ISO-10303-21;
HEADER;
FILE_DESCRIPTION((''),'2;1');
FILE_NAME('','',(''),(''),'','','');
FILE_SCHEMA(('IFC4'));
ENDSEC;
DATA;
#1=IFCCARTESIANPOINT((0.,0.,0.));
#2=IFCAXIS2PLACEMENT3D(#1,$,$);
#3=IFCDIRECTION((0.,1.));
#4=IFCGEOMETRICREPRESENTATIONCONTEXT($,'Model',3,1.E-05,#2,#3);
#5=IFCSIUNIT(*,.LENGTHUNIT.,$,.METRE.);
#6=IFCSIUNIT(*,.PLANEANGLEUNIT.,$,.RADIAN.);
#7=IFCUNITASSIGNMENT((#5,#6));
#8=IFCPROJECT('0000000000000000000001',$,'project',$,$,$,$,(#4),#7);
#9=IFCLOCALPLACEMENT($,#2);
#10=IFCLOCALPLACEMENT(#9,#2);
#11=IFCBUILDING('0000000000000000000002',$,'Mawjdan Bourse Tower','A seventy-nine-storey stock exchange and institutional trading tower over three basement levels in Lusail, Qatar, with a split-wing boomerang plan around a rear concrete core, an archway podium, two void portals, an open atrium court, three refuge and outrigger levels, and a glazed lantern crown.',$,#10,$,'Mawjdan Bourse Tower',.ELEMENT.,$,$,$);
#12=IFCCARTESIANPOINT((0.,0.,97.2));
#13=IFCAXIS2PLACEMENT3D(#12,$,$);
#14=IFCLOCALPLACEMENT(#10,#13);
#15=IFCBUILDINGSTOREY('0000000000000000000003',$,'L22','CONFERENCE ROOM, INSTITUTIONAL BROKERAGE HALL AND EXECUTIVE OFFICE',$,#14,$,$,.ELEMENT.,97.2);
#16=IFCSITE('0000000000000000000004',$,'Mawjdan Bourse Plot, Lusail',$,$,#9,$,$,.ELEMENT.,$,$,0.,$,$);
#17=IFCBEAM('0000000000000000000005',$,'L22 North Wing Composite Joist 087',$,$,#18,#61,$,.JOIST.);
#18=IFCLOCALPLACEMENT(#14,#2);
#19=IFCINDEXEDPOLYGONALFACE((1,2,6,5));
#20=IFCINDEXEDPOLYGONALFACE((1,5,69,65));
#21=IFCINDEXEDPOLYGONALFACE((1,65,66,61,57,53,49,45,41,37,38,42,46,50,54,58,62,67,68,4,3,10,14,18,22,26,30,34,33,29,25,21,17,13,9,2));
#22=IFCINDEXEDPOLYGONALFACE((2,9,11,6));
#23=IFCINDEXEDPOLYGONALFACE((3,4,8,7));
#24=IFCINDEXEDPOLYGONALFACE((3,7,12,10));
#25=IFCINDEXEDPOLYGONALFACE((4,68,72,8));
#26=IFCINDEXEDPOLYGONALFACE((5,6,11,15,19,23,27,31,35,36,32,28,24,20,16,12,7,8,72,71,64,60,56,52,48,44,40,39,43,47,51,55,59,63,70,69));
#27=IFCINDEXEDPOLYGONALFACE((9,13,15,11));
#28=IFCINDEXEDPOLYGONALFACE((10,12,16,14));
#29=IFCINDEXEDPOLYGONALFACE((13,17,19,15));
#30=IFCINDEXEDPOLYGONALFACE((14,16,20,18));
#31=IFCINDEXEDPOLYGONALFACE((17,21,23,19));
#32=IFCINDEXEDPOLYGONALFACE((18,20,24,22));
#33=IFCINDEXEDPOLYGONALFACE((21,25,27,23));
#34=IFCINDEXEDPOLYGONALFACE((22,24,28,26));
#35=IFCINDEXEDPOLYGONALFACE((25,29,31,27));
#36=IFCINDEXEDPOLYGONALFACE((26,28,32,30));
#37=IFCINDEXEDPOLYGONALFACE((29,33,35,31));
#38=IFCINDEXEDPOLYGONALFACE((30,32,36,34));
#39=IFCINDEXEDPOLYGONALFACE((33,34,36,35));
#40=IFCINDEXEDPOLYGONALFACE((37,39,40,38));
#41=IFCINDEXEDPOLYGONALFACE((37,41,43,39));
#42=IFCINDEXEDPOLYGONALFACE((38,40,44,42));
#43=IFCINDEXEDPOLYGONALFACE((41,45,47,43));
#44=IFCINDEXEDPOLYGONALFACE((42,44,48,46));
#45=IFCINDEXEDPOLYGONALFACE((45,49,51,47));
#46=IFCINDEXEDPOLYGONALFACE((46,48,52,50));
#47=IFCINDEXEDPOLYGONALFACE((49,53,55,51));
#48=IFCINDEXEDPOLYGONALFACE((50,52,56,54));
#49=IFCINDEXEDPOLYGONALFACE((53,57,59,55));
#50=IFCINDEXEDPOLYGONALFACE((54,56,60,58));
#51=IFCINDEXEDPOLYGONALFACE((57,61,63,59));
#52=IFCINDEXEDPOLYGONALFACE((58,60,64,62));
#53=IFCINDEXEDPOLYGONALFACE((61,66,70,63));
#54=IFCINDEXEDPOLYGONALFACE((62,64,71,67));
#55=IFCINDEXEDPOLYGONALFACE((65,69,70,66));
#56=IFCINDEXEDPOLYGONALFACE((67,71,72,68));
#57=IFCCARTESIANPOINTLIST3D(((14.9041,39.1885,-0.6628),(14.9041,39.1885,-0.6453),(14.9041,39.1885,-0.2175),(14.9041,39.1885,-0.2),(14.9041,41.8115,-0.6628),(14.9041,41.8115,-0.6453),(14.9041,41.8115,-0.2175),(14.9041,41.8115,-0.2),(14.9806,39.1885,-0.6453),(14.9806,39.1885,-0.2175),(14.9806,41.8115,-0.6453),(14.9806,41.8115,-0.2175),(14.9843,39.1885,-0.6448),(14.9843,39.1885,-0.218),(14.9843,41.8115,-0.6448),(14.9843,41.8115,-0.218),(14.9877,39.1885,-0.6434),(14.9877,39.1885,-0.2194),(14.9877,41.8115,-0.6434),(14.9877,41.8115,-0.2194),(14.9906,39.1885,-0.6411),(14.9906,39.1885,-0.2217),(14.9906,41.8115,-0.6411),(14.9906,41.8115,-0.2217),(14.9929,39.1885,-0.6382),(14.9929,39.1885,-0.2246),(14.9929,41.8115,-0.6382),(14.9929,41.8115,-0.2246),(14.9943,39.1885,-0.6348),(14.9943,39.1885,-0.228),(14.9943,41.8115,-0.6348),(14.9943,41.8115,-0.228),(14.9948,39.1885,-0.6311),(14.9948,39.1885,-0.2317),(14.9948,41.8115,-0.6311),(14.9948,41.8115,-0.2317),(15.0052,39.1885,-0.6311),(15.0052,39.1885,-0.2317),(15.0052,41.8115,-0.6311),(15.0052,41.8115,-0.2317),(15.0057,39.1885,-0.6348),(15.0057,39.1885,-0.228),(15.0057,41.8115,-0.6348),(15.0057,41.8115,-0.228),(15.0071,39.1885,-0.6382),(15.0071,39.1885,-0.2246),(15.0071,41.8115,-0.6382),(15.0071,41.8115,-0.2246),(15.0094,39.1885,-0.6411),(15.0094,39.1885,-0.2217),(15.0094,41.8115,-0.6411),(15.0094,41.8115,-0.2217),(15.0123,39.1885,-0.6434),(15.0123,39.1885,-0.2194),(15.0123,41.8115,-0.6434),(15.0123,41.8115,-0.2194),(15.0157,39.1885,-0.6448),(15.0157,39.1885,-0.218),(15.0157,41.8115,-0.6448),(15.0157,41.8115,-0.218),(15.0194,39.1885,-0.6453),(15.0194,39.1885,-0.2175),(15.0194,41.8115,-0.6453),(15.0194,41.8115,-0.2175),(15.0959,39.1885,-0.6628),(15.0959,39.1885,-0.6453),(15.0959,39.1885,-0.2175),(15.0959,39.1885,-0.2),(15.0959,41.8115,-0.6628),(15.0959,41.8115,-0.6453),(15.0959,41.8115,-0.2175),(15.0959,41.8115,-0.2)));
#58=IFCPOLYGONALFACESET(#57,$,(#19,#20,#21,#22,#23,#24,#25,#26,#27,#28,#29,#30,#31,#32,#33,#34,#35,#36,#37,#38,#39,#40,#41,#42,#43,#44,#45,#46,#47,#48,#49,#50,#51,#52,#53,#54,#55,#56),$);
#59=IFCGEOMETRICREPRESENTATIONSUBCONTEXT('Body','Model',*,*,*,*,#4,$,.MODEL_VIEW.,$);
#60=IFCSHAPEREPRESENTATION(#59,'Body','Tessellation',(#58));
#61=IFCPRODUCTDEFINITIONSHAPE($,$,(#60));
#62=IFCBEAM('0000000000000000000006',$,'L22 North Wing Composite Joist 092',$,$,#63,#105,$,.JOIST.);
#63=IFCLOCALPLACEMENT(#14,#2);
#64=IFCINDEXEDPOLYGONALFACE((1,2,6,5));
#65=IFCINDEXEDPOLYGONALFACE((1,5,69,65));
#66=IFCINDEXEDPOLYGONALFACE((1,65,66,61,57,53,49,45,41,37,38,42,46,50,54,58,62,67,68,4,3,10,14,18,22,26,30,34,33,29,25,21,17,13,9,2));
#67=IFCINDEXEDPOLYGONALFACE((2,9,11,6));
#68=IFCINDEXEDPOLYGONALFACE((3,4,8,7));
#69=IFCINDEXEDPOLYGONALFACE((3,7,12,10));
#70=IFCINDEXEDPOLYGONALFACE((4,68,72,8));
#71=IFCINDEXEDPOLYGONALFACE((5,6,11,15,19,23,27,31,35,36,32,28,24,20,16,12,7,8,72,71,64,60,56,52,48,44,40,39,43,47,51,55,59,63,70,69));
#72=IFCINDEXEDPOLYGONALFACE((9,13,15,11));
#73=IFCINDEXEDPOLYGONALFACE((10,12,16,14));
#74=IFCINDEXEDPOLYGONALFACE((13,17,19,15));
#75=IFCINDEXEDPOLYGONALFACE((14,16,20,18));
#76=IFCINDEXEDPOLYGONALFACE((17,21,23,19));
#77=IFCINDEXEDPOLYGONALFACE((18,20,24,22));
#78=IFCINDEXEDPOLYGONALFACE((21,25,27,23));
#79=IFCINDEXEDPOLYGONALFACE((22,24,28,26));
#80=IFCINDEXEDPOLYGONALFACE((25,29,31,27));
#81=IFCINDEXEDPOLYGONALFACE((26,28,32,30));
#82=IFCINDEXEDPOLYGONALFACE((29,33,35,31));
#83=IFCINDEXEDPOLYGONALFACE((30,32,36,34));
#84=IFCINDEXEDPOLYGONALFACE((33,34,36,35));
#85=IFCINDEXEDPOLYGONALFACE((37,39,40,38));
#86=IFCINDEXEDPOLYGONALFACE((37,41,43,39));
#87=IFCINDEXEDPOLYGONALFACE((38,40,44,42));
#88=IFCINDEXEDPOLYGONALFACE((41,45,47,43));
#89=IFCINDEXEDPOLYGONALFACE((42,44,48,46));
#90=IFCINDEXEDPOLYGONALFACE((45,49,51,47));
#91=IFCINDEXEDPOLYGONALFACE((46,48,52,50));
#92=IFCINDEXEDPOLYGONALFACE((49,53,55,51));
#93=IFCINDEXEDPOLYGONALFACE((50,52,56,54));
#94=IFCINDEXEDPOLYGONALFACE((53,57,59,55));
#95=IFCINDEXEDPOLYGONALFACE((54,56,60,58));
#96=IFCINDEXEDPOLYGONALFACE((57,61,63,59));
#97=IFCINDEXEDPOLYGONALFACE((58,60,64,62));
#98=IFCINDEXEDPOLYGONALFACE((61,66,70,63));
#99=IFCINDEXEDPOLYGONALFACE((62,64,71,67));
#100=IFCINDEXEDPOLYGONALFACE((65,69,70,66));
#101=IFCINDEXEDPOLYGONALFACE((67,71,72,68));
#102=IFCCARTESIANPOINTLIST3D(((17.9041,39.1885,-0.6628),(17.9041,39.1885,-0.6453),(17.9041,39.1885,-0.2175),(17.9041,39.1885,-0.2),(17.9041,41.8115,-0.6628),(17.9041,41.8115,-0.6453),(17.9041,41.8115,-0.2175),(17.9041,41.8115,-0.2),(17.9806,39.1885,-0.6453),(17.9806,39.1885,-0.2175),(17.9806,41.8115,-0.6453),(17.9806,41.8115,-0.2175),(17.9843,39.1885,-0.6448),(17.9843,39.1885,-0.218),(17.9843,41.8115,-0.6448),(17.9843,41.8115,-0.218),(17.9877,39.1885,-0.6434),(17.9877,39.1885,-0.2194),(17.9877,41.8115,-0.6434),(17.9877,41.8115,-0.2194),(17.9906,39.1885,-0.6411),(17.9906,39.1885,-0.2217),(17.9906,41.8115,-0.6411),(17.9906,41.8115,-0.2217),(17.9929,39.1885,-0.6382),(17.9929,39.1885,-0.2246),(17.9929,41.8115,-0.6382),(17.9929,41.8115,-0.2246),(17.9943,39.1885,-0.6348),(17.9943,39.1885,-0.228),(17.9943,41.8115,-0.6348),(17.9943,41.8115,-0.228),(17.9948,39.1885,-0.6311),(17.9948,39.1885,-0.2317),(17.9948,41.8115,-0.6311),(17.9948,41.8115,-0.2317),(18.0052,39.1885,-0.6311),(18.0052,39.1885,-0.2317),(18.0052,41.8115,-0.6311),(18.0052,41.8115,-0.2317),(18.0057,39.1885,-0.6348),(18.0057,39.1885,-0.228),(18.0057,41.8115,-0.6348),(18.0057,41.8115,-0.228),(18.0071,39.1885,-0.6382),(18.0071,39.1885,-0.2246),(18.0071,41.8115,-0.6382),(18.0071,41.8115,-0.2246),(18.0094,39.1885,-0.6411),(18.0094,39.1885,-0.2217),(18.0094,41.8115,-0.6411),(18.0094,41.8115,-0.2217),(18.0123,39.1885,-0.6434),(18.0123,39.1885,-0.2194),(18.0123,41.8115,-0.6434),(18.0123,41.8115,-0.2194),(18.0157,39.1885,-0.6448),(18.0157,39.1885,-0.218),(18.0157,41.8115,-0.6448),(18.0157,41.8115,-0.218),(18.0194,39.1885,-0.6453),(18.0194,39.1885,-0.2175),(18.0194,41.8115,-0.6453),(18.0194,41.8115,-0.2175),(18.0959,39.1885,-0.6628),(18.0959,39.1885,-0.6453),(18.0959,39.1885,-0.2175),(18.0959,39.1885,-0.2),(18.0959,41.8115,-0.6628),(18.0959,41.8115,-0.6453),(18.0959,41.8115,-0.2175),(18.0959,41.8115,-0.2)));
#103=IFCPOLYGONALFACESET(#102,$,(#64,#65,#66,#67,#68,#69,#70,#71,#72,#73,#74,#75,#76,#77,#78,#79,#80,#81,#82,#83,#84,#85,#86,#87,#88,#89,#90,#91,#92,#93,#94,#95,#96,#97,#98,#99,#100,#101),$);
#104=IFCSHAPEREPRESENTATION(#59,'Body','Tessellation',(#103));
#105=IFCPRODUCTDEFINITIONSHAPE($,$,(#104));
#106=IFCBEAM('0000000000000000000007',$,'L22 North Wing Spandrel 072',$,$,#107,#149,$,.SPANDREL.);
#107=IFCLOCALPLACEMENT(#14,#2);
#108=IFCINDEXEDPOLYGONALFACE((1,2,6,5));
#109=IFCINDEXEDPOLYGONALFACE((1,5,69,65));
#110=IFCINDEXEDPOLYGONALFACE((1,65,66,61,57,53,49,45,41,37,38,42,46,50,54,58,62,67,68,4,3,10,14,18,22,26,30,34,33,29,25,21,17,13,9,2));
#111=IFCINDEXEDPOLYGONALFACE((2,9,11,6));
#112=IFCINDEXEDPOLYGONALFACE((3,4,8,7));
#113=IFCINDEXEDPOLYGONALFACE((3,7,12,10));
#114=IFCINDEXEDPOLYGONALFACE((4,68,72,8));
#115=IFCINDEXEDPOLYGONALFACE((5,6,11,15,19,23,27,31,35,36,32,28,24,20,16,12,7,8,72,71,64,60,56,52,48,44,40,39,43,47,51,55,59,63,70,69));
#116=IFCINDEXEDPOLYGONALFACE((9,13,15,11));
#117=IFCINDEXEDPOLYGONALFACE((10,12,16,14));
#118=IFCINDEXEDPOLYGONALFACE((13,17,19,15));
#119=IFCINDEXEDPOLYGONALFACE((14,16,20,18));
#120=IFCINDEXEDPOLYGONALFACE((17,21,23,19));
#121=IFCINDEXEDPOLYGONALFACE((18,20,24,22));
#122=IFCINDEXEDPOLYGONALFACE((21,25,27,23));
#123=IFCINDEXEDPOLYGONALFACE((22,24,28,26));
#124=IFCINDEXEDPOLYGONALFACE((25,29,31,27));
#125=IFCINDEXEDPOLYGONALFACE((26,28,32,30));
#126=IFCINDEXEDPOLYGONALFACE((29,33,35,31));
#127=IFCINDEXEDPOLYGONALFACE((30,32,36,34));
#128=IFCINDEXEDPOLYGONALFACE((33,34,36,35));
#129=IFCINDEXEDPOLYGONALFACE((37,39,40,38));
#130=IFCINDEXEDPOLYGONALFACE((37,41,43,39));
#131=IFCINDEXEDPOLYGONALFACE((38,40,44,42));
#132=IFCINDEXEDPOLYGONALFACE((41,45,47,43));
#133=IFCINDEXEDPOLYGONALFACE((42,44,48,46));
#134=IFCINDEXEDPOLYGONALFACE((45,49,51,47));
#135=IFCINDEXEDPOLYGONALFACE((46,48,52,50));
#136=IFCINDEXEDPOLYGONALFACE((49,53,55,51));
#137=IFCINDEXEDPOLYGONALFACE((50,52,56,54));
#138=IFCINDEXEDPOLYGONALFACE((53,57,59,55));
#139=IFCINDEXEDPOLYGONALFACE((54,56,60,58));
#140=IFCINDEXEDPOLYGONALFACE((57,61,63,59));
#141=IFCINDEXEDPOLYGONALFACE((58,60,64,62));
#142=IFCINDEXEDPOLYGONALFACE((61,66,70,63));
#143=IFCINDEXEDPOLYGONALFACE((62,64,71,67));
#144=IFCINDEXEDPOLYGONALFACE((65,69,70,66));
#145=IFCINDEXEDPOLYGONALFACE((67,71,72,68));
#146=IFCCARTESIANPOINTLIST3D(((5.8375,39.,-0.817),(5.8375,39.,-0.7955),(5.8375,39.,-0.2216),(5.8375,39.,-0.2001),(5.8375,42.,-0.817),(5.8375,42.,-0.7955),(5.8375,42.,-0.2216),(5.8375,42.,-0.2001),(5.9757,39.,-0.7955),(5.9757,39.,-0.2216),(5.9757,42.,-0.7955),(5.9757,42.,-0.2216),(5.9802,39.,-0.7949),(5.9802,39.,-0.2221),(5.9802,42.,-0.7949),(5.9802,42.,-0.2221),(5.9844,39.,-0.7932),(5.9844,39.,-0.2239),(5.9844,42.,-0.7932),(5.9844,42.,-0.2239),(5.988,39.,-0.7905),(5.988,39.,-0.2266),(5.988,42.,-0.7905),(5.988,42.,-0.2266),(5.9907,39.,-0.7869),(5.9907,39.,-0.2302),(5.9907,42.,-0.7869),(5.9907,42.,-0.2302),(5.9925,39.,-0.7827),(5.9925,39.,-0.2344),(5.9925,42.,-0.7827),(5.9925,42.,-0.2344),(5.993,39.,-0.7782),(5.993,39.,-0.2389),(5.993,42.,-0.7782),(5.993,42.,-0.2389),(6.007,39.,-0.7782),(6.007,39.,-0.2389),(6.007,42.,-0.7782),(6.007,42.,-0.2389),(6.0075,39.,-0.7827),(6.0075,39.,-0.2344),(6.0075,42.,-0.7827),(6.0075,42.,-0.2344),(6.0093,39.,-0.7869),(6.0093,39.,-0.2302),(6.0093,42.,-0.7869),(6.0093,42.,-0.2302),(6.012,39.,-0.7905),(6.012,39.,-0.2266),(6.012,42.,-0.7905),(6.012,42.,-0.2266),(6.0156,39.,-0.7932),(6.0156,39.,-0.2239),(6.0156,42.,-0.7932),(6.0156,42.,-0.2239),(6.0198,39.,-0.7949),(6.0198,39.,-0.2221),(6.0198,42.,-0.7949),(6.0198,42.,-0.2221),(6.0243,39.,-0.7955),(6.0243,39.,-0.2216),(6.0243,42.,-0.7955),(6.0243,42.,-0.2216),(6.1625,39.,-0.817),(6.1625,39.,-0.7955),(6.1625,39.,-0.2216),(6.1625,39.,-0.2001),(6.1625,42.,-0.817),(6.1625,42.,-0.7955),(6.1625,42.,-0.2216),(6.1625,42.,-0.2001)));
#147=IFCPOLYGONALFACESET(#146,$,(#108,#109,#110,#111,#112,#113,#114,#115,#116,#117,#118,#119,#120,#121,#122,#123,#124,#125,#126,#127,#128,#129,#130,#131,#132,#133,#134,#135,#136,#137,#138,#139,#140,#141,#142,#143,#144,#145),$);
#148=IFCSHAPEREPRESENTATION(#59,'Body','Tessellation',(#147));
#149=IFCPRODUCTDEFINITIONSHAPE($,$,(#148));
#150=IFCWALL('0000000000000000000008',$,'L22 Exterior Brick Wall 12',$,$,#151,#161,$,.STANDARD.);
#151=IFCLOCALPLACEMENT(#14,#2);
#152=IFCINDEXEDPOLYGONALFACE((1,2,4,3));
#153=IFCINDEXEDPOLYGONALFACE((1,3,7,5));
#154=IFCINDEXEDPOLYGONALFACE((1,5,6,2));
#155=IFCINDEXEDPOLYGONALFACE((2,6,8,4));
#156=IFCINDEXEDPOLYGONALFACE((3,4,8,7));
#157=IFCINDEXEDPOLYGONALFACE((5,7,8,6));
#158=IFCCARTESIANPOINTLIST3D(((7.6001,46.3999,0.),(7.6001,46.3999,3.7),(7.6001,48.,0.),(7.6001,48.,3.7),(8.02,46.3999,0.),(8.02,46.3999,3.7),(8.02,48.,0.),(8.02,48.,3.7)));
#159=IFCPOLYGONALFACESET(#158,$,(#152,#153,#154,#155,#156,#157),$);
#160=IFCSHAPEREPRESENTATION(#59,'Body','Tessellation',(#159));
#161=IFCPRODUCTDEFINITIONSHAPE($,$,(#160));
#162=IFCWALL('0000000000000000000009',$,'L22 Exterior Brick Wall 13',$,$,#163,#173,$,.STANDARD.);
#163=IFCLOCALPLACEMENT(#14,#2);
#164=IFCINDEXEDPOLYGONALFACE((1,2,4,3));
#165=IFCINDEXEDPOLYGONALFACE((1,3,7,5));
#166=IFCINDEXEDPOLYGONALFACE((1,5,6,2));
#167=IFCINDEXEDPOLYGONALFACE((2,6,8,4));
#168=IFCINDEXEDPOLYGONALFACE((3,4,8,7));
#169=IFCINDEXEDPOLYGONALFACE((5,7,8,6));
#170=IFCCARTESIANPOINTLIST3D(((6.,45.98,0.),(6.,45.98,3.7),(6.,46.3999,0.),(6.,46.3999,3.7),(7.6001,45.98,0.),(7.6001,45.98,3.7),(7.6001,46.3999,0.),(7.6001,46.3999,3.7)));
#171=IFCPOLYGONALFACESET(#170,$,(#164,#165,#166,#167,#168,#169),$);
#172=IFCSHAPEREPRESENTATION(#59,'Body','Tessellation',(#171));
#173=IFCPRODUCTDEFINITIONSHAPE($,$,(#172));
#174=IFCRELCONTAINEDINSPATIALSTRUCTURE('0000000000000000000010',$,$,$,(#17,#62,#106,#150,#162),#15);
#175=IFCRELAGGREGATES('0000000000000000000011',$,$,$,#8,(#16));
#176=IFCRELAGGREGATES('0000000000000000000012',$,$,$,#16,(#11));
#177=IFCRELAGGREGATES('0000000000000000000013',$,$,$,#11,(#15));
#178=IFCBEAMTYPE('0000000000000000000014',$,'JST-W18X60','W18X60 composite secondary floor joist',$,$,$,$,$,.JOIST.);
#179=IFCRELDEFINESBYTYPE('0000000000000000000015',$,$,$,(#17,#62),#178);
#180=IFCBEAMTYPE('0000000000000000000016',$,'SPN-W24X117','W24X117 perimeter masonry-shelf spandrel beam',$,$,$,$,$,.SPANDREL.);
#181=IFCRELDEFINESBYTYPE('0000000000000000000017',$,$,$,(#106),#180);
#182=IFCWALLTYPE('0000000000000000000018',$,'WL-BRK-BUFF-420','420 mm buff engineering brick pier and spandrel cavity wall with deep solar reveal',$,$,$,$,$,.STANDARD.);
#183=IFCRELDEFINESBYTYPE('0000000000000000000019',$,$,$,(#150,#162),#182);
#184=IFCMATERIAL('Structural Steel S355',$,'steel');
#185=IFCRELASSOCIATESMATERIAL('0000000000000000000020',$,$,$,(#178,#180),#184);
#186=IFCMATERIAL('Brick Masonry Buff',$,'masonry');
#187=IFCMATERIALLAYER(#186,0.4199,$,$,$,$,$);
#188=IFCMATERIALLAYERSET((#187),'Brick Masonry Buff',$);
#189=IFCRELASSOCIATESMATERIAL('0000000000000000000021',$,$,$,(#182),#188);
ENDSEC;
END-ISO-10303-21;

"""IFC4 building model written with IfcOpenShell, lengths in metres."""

from ifc_helpers import new_model, si_unit, direction, frame, frame_2d, origin, origin_2d, place, context, subcontext, project, spatial, rectangle, i_section, extrude, material, layer, layer_set, material_profile, profile_set, type_object, element, save


model = new_model("IFC4")

# Units and contexts
model_context = context("Model", 3, precision=1e-05, world=origin(), true_north=direction((0.0, 1.0)))
body_context = subcontext(model_context, "Body", "Model", "MODEL_VIEW")
ifc_project = project(units=[si_unit("LENGTHUNIT", "METRE"), si_unit("PLANEANGLEUNIT", "RADIAN")], contexts=[model_context])

# Site, building, storey
site_placement = place(None, origin())
site = spatial("IfcSite", under=ifc_project, at=site_placement, Name="Mawjdan Bourse Plot, Lusail", CompositionType="ELEMENT", RefElevation=0.0)
building_placement = place(site_placement, origin())
building = spatial("IfcBuilding", under=site, at=building_placement, Name="Mawjdan Bourse Tower", Description="A seventy-nine-storey stock exchange and institutional trading tower over three basement levels in Lusail, Qatar, with a split-wing boomerang plan around a rear concrete core, an archway podium, two void portals, an open atrium court, three refuge and outrigger levels, and a glazed lantern crown.", LongName="Mawjdan Bourse Tower", CompositionType="ELEMENT")
storey_placement = place(building_placement, frame((0.0, 0.0, 97.2)))
storey = spatial("IfcBuildingStorey", under=building, at=storey_placement, Name="L22", Description="CONFERENCE ROOM, INSTITUTIONAL BROKERAGE HALL AND EXECUTIVE OFFICE", CompositionType="ELEMENT", Elevation=97.2)

# Beams
ifc_material_1 = material(Name="Structural Steel S355", Category="steel")
ifc_material_profile_1 = material_profile(ifc_material_1, i_section(OverallWidth=0.1919, OverallDepth=0.4629, WebThickness=0.0105, FlangeThickness=0.0176, FilletRadius=0.0142, at=origin_2d()), Name="W18X60")
ifc_profile_set_1 = profile_set([ifc_material_profile_1], Name="Structural Steel S355")
beam_type_1 = type_object("IfcBeamType", Name="JST-W18X60", Description="W18X60 composite secondary floor joist", PredefinedType="JOIST", material=ifc_profile_set_1)
for number, where, z_axis, x_axis, name in (
    (1, (15.0, 39.1885, -0.4314), (0.0, 1.0, 0.0), (-1.0, 0.0, 0.0), "L22 North Wing Composite Joist 087"),
    (2, (18.0, 39.1885, -0.4314), (0.0, 1.0, 0.0), (-1.0, 0.0, 0.0), "L22 North Wing Composite Joist 092"),
):
    element("IfcBeam", number, at=place(storey_placement, frame(where, z_axis=z_axis, x_axis=x_axis)), inside=storey, type_object=beam_type_1, Name=name, PredefinedType="JOIST", context=body_context, shape_type="SweptSolid", body=[
        extrude(i_section(OverallWidth=0.1919, OverallDepth=0.4629, WebThickness=0.0105, FlangeThickness=0.0176, FilletRadius=0.0142, at=origin_2d()), origin(), (0.0, 0.0, 1.0), 2.623),
    ])
ifc_material_profile_2 = material_profile(ifc_material_1, i_section(OverallWidth=0.325, OverallDepth=0.6169, WebThickness=0.0139, FlangeThickness=0.0215, FilletRadius=0.0173, at=origin_2d()), Name="W24X117")
ifc_profile_set_2 = profile_set([ifc_material_profile_2], Name="Structural Steel S355")
beam_type_2 = type_object("IfcBeamType", Name="SPN-W24X117", Description="W24X117 perimeter masonry-shelf spandrel beam", PredefinedType="SPANDREL", material=ifc_profile_set_2)
beam_placement = place(storey_placement, frame((6.0, 39.0, -0.5085), z_axis=(0.0, 1.0, 0.0), x_axis=(-1.0, 0.0, 0.0)))
element("IfcBeam", 3, at=beam_placement, inside=storey, type_object=beam_type_2, Name="L22 North Wing Spandrel 072", PredefinedType="SPANDREL", context=body_context, shape_type="SweptSolid", body=[
    extrude(i_section(OverallWidth=0.325, OverallDepth=0.6169, WebThickness=0.0139, FlangeThickness=0.0215, FilletRadius=0.0173, at=origin_2d()), origin(), (0.0, 0.0, 1.0), 3.0),
])

# Walls
ifc_material_2 = material(Name="Brick Masonry Buff", Category="masonry")
ifc_layer_1 = layer(ifc_material_2, 0.4199)
ifc_layer_set_1 = layer_set([ifc_layer_1], Name="Brick Masonry Buff")
wall_type_1 = type_object("IfcWallType", Name="WL-BRK-BUFF-420", Description="420 mm buff engineering brick pier and spandrel cavity wall with deep solar reveal", PredefinedType="STANDARD", material=ifc_layer_set_1)
for number, where, z_axis, x_axis, name in (
    (4, (7.8101, 48.0, 0.0), (0.0, 0.0, 1.0), (0.0, -1.0, 0.0), "L22 Exterior Brick Wall 12"),
    (5, (7.6001, 46.1899, 0.0), (0.0, 0.0, 1.0), (-1.0, 0.0, 0.0), "L22 Exterior Brick Wall 13"),
):
    element("IfcWall", number, at=place(storey_placement, frame(where, z_axis=z_axis, x_axis=x_axis)), inside=storey, type_object=wall_type_1, Name=name, PredefinedType="STANDARD", context=body_context, shape_type="SweptSolid", body=[
        extrude(rectangle(XDim=1.6001, YDim=0.4199, at=frame_2d((0.8, 0.0))), origin(), (0.0, 0.0, 1.0), 3.7),
    ])

save(model, "model.ifc")
